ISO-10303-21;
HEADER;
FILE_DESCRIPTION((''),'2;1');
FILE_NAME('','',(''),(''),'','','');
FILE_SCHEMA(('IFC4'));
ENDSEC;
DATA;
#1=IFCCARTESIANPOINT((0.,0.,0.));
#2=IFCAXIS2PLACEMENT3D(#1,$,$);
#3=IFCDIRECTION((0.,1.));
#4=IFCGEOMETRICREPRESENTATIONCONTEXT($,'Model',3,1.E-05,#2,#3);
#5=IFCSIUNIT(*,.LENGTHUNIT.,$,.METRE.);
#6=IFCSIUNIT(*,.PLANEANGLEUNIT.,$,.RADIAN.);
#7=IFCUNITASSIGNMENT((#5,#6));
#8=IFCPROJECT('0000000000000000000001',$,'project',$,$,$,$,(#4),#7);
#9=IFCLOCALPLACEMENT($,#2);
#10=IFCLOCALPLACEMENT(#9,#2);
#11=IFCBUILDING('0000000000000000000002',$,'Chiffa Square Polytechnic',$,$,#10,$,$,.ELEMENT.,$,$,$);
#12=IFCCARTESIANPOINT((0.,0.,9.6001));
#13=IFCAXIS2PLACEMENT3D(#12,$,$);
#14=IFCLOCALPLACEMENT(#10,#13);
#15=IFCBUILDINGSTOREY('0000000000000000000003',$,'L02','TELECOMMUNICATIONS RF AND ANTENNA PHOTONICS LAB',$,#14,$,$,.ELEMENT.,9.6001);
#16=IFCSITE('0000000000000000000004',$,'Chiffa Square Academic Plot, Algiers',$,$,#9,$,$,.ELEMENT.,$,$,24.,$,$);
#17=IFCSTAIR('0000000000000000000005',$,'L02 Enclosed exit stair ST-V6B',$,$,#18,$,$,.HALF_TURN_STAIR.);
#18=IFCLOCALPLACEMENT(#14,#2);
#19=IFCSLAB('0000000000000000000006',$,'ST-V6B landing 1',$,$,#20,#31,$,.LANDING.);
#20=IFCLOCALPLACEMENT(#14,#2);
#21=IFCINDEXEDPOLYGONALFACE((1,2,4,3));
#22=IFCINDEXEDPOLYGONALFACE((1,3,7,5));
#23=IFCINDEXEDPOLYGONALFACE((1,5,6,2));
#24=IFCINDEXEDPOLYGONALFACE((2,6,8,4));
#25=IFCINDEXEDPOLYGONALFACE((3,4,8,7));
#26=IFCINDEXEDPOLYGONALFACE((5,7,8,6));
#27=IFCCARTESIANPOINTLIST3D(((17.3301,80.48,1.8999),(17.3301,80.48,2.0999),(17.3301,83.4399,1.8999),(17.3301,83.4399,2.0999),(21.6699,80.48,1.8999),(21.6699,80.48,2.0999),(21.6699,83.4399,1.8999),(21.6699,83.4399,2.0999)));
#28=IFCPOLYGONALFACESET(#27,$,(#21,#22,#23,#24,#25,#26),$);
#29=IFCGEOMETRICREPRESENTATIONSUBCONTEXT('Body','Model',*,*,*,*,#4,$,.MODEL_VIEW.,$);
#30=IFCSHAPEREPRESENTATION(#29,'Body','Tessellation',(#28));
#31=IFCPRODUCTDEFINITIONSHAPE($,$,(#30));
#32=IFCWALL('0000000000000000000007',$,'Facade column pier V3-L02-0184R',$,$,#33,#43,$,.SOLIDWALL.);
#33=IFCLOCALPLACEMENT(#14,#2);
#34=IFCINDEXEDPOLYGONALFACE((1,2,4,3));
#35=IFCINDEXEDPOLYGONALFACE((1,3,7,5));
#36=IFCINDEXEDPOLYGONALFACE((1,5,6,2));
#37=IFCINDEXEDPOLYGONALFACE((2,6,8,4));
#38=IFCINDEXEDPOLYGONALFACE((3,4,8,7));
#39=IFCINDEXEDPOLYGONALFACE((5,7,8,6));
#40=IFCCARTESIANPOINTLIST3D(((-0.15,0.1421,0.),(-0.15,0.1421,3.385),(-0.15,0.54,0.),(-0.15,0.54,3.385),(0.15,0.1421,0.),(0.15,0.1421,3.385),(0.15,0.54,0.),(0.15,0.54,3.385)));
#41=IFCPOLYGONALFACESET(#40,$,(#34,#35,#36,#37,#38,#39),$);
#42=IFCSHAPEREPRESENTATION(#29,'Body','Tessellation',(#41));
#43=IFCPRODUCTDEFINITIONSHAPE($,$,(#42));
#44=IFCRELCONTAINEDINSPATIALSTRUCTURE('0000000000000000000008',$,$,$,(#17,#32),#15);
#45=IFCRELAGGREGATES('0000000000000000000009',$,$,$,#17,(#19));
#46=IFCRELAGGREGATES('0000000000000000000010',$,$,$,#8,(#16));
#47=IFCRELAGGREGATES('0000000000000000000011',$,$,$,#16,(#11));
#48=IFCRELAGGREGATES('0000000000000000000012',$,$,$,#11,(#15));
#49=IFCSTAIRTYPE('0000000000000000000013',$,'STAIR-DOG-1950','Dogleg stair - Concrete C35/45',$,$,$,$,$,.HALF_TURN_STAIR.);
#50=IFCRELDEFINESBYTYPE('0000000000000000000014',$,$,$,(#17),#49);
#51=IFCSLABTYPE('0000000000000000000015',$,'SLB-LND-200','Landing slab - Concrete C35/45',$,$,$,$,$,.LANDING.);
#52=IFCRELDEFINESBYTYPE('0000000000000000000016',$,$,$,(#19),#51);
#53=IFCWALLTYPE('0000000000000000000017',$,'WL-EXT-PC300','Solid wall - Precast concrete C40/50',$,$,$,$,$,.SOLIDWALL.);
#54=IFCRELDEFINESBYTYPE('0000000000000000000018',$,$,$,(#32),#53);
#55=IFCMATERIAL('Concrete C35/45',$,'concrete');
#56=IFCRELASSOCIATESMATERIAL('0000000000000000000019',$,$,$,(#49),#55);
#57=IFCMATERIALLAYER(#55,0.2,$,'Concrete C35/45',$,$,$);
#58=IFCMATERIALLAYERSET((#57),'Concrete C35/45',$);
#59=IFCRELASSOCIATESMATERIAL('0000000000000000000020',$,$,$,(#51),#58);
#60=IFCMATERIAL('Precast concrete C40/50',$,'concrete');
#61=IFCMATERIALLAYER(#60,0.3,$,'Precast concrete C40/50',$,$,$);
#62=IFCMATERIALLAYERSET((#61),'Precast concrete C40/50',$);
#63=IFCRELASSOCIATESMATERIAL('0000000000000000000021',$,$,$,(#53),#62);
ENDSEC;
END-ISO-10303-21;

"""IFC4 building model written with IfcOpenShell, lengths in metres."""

from ifc_helpers import new_model, si_unit, direction, frame, frame_2d, origin, place, context, subcontext, project, spatial, polyline, rectangle, outline, extrude, material, layer, layer_set, type_object, element, aggregate, save


model = new_model("IFC4")

# Units and contexts
model_context = context("Model", 3, precision=1e-05, world=origin(), true_north=direction((0.0, 1.0)))
body_context = subcontext(model_context, "Body", "Model", "MODEL_VIEW")
ifc_project = project(units=[si_unit("LENGTHUNIT", "METRE"), si_unit("PLANEANGLEUNIT", "RADIAN")], contexts=[model_context])

# Site, building, storey
site_placement = place(None, origin())
site = spatial("IfcSite", under=ifc_project, at=site_placement, Name="Chiffa Square Academic Plot, Algiers", CompositionType="ELEMENT", RefElevation=24.0)
building_placement = place(site_placement, origin())
building = spatial("IfcBuilding", under=site, at=building_placement, Name="Chiffa Square Polytechnic", CompositionType="ELEMENT")
storey_placement = place(building_placement, frame((0.0, 0.0, 9.6001)))
storey = spatial("IfcBuildingStorey", under=building, at=storey_placement, Name="L02", Description="TELECOMMUNICATIONS RF AND ANTENNA PHOTONICS LAB", CompositionType="ELEMENT", Elevation=9.6001)

# Stair, slab
ifc_material_1 = material(Name="Concrete C35/45", Category="concrete")
stair_type = type_object("IfcStairType", Name="STAIR-DOG-1950", Description="Dogleg stair - Concrete C35/45", PredefinedType="HALF_TURN_STAIR", material=ifc_material_1)
ifc_layer_1 = layer(ifc_material_1, 0.2, Name="Concrete C35/45")
ifc_layer_set_1 = layer_set([ifc_layer_1], Name="Concrete C35/45")
slab_type = type_object("IfcSlabType", Name="SLB-LND-200", Description="Landing slab - Concrete C35/45", PredefinedType="LANDING", material=ifc_layer_set_1)
stair_1_placement = place(storey_placement, origin())
stair_1 = element("IfcStair", 1, at=stair_1_placement, inside=storey, type_object=stair_type, Name="L02 Enclosed exit stair ST-V6B", PredefinedType="HALF_TURN_STAIR")
slab_1_placement = place(storey_placement, frame((0.0, 0.0, 1.8999)))
slab_1 = element("IfcSlab", 2, at=slab_1_placement, type_object=slab_type, Name="ST-V6B landing 1", PredefinedType="LANDING", context=body_context, shape_type="SweptSolid", body=[
    extrude(outline(polyline([(17.3301, 83.4399), (21.6699, 83.4399), (21.6699, 80.48), (17.3301, 80.48), (17.3301, 83.4399)])), origin(), (0.0, 0.0, 1.0), 0.2),
])
aggregate(stair_1, [slab_1])

# Wall
ifc_material_2 = material(Name="Precast concrete C40/50", Category="concrete")
ifc_layer_2 = layer(ifc_material_2, 0.3, Name="Precast concrete C40/50")
ifc_layer_set_2 = layer_set([ifc_layer_2], Name="Precast concrete C40/50")
wall_type = type_object("IfcWallType", Name="WL-EXT-PC300", Description="Solid wall - Precast concrete C40/50", PredefinedType="SOLIDWALL", material=ifc_layer_set_2)
wall_placement = place(storey_placement, frame((0.0, 0.54, 0.0), z_axis=(0.0, 0.0, 1.0), x_axis=(0.0, -1.0, 0.0)))
element("IfcWall", 3, at=wall_placement, inside=storey, type_object=wall_type, Name="Facade column pier V3-L02-0184R", PredefinedType="SOLIDWALL", context=body_context, shape_type="SweptSolid", body=[
    extrude(rectangle(XDim=0.3979, YDim=0.3, at=frame_2d((0.199, 0.0))), origin(), (0.0, 0.0, 1.0), 3.385),
])

save(model, "model.ifc")
